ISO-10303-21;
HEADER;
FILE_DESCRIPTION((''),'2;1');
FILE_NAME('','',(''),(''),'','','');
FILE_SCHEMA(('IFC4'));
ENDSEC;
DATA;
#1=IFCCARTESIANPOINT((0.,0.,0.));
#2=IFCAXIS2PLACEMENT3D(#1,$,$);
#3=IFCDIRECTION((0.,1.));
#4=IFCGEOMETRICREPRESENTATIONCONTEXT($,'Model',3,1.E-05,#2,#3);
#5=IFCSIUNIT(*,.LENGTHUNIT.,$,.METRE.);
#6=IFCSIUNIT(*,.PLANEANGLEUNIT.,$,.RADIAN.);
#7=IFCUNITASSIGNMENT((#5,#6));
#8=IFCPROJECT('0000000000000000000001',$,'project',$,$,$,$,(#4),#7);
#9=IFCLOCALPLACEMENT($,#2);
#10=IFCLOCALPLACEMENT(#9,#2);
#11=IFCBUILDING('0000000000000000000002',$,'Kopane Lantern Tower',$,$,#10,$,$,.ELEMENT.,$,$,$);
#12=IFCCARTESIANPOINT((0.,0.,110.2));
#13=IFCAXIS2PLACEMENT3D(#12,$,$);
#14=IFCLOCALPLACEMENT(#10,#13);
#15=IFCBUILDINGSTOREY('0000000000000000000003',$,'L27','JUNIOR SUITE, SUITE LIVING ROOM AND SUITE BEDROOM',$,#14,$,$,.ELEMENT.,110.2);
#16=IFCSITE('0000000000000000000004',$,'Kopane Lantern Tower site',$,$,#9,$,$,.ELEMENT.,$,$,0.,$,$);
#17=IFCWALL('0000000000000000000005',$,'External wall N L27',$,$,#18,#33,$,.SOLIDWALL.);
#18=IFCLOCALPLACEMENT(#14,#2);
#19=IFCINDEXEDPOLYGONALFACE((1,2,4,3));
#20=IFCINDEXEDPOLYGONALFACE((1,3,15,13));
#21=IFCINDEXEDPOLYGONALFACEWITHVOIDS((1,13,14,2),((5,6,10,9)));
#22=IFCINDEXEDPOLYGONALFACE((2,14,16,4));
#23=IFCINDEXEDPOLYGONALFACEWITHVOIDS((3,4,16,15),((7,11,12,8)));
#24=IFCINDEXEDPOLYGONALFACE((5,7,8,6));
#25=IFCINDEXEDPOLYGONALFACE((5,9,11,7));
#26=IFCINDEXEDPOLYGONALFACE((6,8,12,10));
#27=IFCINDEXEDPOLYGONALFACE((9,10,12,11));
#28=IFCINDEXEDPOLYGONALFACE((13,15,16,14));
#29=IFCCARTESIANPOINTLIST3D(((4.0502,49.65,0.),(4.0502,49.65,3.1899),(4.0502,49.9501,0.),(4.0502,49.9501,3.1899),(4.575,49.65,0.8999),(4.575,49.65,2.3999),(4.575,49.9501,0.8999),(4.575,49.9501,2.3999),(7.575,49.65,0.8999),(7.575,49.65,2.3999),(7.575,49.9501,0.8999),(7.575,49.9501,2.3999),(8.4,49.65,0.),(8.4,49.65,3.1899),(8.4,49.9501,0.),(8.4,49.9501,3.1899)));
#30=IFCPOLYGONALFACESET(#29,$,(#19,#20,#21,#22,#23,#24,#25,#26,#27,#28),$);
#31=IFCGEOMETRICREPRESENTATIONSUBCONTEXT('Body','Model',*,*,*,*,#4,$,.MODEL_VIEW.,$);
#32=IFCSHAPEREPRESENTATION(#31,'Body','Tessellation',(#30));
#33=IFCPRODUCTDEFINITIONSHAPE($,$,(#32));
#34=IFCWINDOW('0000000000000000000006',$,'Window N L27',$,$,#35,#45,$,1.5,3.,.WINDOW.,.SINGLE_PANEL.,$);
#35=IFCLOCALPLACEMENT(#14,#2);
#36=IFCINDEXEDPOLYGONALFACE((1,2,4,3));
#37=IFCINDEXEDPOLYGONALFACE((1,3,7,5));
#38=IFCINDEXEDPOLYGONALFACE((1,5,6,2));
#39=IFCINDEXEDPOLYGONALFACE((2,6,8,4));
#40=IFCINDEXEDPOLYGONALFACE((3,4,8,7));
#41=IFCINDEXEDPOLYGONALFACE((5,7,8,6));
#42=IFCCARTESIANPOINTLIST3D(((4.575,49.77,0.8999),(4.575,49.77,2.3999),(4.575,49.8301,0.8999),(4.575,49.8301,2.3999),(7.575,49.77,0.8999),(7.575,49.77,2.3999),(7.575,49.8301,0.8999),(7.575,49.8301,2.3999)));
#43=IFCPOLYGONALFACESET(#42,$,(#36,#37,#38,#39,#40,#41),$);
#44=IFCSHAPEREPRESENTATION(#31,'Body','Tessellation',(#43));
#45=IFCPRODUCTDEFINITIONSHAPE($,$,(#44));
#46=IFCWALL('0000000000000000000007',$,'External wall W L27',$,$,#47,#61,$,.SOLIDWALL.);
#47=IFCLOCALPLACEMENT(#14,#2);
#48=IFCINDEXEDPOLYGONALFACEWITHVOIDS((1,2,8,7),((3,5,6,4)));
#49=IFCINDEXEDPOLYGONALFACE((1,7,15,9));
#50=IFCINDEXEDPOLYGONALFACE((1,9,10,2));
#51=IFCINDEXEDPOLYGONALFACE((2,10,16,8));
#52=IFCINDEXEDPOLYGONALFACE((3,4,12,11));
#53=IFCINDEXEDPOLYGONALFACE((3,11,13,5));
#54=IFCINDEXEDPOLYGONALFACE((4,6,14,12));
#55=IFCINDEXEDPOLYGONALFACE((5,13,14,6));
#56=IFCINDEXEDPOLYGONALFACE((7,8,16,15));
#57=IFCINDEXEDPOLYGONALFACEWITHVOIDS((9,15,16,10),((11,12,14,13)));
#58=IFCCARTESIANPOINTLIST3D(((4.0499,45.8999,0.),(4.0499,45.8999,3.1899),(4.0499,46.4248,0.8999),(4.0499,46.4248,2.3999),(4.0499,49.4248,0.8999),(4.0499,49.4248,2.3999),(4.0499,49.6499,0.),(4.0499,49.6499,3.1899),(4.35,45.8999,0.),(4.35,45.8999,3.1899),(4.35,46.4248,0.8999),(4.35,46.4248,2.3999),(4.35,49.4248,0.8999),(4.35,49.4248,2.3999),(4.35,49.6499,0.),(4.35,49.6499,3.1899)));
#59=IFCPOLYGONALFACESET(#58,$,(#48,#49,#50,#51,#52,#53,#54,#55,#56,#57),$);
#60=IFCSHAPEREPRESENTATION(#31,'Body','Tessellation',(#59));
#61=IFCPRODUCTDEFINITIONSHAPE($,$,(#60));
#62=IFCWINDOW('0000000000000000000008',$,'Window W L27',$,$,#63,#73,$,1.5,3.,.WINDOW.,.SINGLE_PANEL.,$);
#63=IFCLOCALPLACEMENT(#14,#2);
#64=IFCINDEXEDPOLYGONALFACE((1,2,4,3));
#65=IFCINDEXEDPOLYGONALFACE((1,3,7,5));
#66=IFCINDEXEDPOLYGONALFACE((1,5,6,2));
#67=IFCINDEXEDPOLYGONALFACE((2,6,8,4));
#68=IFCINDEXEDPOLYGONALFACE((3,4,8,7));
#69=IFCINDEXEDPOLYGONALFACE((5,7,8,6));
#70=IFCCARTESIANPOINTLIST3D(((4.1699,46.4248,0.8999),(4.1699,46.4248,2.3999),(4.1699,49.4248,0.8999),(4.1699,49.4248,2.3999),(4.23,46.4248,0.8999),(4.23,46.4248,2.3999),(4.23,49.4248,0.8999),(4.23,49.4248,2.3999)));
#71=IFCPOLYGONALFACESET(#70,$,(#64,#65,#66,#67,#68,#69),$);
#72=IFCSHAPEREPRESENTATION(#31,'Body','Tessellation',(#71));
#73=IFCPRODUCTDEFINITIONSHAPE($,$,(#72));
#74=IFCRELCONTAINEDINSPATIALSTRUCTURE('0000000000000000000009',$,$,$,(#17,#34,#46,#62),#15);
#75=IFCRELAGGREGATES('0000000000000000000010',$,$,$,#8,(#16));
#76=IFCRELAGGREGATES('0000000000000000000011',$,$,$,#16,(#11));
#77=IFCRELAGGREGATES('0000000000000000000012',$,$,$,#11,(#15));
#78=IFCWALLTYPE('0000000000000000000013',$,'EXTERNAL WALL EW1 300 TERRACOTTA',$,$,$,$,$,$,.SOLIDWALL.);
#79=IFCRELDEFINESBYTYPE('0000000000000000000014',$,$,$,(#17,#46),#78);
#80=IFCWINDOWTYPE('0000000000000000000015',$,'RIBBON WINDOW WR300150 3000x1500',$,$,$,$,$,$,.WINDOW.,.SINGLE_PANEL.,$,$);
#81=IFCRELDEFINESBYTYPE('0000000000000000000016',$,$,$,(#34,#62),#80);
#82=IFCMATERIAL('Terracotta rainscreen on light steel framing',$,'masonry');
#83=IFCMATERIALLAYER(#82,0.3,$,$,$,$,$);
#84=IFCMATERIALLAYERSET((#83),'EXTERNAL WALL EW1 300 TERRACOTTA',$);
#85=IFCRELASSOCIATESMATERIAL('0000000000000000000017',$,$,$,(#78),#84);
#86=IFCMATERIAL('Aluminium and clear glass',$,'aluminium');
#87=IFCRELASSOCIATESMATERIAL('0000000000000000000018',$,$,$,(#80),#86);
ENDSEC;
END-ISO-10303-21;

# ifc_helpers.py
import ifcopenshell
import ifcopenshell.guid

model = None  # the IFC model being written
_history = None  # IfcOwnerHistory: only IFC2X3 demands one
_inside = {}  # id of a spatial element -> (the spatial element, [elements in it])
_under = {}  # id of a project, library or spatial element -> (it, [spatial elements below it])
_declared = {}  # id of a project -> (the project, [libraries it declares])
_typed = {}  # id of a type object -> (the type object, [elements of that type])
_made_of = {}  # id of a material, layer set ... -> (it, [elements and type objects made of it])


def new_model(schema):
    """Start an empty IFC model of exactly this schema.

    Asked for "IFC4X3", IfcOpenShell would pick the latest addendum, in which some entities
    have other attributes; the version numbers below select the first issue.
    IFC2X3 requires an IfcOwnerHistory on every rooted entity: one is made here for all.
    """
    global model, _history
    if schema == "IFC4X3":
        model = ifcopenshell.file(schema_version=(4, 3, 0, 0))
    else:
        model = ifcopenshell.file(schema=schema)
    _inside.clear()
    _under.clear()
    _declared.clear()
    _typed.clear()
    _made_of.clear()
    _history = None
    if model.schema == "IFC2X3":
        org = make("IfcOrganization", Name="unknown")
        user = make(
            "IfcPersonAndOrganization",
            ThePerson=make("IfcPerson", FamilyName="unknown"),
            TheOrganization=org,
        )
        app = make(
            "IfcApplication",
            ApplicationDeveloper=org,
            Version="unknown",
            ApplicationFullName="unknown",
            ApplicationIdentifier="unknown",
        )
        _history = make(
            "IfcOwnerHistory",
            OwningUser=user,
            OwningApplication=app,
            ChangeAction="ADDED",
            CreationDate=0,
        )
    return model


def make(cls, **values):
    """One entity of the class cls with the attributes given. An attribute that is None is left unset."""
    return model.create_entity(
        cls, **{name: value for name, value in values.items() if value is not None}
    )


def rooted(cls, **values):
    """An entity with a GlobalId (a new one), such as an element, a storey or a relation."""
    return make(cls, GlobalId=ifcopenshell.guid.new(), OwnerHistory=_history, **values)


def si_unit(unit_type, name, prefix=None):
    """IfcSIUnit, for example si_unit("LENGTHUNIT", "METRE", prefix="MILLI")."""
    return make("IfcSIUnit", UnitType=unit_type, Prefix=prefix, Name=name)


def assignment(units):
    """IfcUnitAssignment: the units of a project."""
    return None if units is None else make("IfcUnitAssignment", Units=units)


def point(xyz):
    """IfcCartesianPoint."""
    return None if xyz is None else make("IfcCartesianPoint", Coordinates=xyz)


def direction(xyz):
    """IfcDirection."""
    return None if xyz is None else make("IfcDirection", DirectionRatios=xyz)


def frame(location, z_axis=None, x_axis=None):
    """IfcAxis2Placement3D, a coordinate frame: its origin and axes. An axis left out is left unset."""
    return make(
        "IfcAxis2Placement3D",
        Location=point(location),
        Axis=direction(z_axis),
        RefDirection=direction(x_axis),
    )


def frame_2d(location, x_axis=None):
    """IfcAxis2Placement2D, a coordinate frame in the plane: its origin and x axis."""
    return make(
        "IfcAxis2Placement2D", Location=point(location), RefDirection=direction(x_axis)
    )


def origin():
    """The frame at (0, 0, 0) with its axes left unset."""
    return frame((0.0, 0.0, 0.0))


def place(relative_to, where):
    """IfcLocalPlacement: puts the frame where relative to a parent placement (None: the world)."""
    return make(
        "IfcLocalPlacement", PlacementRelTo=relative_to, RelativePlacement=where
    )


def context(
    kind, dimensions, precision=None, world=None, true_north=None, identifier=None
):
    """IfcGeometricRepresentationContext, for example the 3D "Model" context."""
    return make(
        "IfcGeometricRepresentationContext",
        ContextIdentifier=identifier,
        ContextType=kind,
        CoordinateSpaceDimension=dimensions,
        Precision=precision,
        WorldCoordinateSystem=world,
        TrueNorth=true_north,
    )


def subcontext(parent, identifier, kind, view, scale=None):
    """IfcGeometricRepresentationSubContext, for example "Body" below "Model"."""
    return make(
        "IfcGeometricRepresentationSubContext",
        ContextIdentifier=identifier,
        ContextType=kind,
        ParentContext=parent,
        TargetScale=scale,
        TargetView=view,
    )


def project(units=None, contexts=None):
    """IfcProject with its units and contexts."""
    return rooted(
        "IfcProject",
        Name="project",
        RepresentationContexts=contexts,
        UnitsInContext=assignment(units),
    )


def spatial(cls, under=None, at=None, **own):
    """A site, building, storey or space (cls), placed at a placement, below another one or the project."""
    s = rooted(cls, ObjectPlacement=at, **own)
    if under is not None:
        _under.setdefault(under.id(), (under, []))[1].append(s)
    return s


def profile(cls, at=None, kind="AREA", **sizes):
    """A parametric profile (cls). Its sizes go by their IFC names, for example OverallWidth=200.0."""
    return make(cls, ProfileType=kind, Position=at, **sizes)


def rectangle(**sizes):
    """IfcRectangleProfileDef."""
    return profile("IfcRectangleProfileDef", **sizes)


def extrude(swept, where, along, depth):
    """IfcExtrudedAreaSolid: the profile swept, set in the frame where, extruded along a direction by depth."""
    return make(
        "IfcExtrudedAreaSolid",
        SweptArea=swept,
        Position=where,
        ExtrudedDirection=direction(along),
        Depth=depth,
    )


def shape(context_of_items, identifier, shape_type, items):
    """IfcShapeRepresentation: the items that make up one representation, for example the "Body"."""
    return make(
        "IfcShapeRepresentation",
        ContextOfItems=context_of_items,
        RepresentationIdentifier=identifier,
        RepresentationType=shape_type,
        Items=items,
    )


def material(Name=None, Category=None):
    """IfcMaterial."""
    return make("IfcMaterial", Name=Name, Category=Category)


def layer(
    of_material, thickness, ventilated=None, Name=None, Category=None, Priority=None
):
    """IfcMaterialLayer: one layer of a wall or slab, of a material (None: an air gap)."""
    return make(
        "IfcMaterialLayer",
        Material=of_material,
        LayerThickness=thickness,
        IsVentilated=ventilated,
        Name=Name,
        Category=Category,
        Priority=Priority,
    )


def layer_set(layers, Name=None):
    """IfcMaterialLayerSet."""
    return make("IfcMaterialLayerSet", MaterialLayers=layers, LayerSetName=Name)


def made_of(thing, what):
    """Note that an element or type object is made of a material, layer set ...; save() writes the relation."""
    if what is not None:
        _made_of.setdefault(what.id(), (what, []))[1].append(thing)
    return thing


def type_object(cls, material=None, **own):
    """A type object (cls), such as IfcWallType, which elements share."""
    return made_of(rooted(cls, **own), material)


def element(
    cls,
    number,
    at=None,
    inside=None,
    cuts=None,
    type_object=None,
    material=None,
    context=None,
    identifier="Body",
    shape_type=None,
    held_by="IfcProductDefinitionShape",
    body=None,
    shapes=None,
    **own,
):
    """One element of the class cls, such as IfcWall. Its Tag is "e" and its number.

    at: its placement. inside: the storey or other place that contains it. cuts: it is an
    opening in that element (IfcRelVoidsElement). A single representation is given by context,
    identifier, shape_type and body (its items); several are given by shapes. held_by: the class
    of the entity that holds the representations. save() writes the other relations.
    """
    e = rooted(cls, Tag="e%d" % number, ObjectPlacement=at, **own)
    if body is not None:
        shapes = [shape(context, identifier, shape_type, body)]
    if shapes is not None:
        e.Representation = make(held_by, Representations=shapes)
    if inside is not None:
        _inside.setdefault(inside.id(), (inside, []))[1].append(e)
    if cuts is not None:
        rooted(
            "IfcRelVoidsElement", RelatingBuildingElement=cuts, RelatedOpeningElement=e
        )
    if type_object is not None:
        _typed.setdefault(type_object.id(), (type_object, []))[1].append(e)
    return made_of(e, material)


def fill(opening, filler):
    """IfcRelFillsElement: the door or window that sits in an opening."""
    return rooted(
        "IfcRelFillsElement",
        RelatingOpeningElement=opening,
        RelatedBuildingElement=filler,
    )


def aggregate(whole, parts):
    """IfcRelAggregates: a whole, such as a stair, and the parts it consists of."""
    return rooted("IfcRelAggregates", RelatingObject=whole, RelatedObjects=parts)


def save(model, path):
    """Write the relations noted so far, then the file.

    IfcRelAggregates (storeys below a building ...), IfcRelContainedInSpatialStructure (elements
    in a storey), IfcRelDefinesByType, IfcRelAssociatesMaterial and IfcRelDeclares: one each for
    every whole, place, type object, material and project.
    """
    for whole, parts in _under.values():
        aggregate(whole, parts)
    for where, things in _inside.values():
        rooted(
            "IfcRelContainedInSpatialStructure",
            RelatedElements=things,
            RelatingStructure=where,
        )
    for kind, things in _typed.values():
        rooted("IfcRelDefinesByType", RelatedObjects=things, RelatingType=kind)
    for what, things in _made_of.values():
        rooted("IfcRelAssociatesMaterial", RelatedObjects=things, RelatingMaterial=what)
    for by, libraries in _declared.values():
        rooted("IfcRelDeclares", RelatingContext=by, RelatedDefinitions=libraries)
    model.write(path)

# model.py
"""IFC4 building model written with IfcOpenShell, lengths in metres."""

from ifc_helpers import new_model, si_unit, direction, frame, frame_2d, origin, place, context, subcontext, project, spatial, rectangle, extrude, material, layer, layer_set, type_object, element, fill, save


model = new_model("IFC4")

# Units and contexts
model_context = context("Model", 3, precision=1e-05, world=origin(), true_north=direction((0.0, 1.0)))
body_context = subcontext(model_context, "Body", "Model", "MODEL_VIEW")
ifc_project = project(units=[si_unit("LENGTHUNIT", "METRE"), si_unit("PLANEANGLEUNIT", "RADIAN")], contexts=[model_context])

# Site, building, storey
site_placement = place(None, origin())
site = spatial("IfcSite", under=ifc_project, at=site_placement, Name="Kopane Lantern Tower site", CompositionType="ELEMENT", RefElevation=0.0)
building_placement = place(site_placement, origin())
building = spatial("IfcBuilding", under=site, at=building_placement, Name="Kopane Lantern Tower", CompositionType="ELEMENT")
storey_placement = place(building_placement, frame((0.0, 0.0, 110.2)))
storey = spatial("IfcBuildingStorey", under=building, at=storey_placement, Name="L27", Description="JUNIOR SUITE, SUITE LIVING ROOM AND SUITE BEDROOM", CompositionType="ELEMENT", Elevation=110.2)

# Walls, openings, windows
ifc_material_1 = material(Name="Terracotta rainscreen on light steel framing", Category="masonry")
ifc_layer_1 = layer(ifc_material_1, 0.3)
ifc_layer_set_1 = layer_set([ifc_layer_1], Name="EXTERNAL WALL EW1 300 TERRACOTTA")
wall_type_1 = type_object("IfcWallType", Name="EXTERNAL WALL EW1 300 TERRACOTTA", PredefinedType="SOLIDWALL", material=ifc_layer_set_1)
ifc_material_2 = material(Name="Aluminium and clear glass", Category="aluminium")
window_type = type_object("IfcWindowType", Name="RIBBON WINDOW WR300150 3000x1500", PartitioningType="SINGLE_PANEL", PredefinedType="WINDOW", material=ifc_material_2)
wall_1_placement = place(storey_placement, frame((8.3999, 49.8, 0.0), z_axis=(0.0, 0.0, 1.0), x_axis=(-1.0, 0.0, 0.0)))
wall_1 = element("IfcWall", 1, at=wall_1_placement, inside=storey, type_object=wall_type_1, Name="External wall N L27", PredefinedType="SOLIDWALL", context=body_context, shape_type="SweptSolid", body=[
    extrude(rectangle(XDim=4.3499, YDim=0.3, at=frame_2d((2.1748, 0.0))), origin(), (0.0, 0.0, 1.0), 3.1899),
])
opening_1_placement = place(wall_1_placement, frame((0.825, 0.0, 0.8999)))
opening_1 = element("IfcOpeningElement", 2, at=opening_1_placement, cuts=wall_1, PredefinedType="OPENING", context=body_context, shape_type="SweptSolid", body=[
    extrude(rectangle(XDim=3.0, YDim=1.5, at=frame_2d((1.5, 0.75))), frame((0.0, 0.1599, 0.0), z_axis=(0.0, -1.0, 0.0), x_axis=(1.0, 0.0, 0.0)), (0.0, 0.0, 1.0), 0.3201),
])
window_1_placement = place(opening_1_placement, origin())
window_1 = element("IfcWindow", 3, at=window_1_placement, inside=storey, type_object=window_type, Name="Window N L27", OverallHeight=1.5, OverallWidth=3.0, PartitioningType="SINGLE_PANEL", PredefinedType="WINDOW", context=body_context, shape_type="SweptSolid", body=[
    extrude(rectangle(XDim=3.0, YDim=1.5, at=frame_2d((1.5, 0.75))), frame((0.0, 0.03, 0.0), z_axis=(0.0, -1.0, 0.0), x_axis=(1.0, 0.0, 0.0)), (0.0, 0.0, 1.0), 0.0601),
])
fill(opening_1, window_1)
wall_2_placement = place(storey_placement, frame((4.2, 49.6499, 0.0), z_axis=(0.0, 0.0, 1.0), x_axis=(0.0, -1.0, 0.0)))
wall_2 = element("IfcWall", 4, at=wall_2_placement, inside=storey, type_object=wall_type_1, Name="External wall W L27", PredefinedType="SOLIDWALL", context=body_context, shape_type="SweptSolid", body=[
    extrude(rectangle(XDim=3.75, YDim=0.3, at=frame_2d((1.875, 0.0))), origin(), (0.0, 0.0, 1.0), 3.1899),
])
opening_2_placement = place(wall_2_placement, frame((0.2251, 0.0, 0.8999)))
opening_2 = element("IfcOpeningElement", 5, at=opening_2_placement, cuts=wall_2, PredefinedType="OPENING", context=body_context, shape_type="SweptSolid", body=[
    extrude(rectangle(XDim=3.0, YDim=1.5, at=frame_2d((1.5, 0.75))), frame((0.0, 0.1599, 0.0), z_axis=(0.0, -1.0, 0.0), x_axis=(1.0, 0.0, 0.0)), (0.0, 0.0, 1.0), 0.3201),
])
window_2_placement = place(opening_2_placement, origin())
window_2 = element("IfcWindow", 6, at=window_2_placement, inside=storey, type_object=window_type, Name="Window W L27", OverallHeight=1.5, OverallWidth=3.0, PartitioningType="SINGLE_PANEL", PredefinedType="WINDOW", context=body_context, shape_type="SweptSolid", body=[
    extrude(rectangle(XDim=3.0, YDim=1.5, at=frame_2d((1.5, 0.75))), frame((0.0, 0.03, 0.0), z_axis=(0.0, -1.0, 0.0), x_axis=(1.0, 0.0, 0.0)), (0.0, 0.0, 1.0), 0.0601),
])
fill(opening_2, window_2)

save(model, "model.ifc")
